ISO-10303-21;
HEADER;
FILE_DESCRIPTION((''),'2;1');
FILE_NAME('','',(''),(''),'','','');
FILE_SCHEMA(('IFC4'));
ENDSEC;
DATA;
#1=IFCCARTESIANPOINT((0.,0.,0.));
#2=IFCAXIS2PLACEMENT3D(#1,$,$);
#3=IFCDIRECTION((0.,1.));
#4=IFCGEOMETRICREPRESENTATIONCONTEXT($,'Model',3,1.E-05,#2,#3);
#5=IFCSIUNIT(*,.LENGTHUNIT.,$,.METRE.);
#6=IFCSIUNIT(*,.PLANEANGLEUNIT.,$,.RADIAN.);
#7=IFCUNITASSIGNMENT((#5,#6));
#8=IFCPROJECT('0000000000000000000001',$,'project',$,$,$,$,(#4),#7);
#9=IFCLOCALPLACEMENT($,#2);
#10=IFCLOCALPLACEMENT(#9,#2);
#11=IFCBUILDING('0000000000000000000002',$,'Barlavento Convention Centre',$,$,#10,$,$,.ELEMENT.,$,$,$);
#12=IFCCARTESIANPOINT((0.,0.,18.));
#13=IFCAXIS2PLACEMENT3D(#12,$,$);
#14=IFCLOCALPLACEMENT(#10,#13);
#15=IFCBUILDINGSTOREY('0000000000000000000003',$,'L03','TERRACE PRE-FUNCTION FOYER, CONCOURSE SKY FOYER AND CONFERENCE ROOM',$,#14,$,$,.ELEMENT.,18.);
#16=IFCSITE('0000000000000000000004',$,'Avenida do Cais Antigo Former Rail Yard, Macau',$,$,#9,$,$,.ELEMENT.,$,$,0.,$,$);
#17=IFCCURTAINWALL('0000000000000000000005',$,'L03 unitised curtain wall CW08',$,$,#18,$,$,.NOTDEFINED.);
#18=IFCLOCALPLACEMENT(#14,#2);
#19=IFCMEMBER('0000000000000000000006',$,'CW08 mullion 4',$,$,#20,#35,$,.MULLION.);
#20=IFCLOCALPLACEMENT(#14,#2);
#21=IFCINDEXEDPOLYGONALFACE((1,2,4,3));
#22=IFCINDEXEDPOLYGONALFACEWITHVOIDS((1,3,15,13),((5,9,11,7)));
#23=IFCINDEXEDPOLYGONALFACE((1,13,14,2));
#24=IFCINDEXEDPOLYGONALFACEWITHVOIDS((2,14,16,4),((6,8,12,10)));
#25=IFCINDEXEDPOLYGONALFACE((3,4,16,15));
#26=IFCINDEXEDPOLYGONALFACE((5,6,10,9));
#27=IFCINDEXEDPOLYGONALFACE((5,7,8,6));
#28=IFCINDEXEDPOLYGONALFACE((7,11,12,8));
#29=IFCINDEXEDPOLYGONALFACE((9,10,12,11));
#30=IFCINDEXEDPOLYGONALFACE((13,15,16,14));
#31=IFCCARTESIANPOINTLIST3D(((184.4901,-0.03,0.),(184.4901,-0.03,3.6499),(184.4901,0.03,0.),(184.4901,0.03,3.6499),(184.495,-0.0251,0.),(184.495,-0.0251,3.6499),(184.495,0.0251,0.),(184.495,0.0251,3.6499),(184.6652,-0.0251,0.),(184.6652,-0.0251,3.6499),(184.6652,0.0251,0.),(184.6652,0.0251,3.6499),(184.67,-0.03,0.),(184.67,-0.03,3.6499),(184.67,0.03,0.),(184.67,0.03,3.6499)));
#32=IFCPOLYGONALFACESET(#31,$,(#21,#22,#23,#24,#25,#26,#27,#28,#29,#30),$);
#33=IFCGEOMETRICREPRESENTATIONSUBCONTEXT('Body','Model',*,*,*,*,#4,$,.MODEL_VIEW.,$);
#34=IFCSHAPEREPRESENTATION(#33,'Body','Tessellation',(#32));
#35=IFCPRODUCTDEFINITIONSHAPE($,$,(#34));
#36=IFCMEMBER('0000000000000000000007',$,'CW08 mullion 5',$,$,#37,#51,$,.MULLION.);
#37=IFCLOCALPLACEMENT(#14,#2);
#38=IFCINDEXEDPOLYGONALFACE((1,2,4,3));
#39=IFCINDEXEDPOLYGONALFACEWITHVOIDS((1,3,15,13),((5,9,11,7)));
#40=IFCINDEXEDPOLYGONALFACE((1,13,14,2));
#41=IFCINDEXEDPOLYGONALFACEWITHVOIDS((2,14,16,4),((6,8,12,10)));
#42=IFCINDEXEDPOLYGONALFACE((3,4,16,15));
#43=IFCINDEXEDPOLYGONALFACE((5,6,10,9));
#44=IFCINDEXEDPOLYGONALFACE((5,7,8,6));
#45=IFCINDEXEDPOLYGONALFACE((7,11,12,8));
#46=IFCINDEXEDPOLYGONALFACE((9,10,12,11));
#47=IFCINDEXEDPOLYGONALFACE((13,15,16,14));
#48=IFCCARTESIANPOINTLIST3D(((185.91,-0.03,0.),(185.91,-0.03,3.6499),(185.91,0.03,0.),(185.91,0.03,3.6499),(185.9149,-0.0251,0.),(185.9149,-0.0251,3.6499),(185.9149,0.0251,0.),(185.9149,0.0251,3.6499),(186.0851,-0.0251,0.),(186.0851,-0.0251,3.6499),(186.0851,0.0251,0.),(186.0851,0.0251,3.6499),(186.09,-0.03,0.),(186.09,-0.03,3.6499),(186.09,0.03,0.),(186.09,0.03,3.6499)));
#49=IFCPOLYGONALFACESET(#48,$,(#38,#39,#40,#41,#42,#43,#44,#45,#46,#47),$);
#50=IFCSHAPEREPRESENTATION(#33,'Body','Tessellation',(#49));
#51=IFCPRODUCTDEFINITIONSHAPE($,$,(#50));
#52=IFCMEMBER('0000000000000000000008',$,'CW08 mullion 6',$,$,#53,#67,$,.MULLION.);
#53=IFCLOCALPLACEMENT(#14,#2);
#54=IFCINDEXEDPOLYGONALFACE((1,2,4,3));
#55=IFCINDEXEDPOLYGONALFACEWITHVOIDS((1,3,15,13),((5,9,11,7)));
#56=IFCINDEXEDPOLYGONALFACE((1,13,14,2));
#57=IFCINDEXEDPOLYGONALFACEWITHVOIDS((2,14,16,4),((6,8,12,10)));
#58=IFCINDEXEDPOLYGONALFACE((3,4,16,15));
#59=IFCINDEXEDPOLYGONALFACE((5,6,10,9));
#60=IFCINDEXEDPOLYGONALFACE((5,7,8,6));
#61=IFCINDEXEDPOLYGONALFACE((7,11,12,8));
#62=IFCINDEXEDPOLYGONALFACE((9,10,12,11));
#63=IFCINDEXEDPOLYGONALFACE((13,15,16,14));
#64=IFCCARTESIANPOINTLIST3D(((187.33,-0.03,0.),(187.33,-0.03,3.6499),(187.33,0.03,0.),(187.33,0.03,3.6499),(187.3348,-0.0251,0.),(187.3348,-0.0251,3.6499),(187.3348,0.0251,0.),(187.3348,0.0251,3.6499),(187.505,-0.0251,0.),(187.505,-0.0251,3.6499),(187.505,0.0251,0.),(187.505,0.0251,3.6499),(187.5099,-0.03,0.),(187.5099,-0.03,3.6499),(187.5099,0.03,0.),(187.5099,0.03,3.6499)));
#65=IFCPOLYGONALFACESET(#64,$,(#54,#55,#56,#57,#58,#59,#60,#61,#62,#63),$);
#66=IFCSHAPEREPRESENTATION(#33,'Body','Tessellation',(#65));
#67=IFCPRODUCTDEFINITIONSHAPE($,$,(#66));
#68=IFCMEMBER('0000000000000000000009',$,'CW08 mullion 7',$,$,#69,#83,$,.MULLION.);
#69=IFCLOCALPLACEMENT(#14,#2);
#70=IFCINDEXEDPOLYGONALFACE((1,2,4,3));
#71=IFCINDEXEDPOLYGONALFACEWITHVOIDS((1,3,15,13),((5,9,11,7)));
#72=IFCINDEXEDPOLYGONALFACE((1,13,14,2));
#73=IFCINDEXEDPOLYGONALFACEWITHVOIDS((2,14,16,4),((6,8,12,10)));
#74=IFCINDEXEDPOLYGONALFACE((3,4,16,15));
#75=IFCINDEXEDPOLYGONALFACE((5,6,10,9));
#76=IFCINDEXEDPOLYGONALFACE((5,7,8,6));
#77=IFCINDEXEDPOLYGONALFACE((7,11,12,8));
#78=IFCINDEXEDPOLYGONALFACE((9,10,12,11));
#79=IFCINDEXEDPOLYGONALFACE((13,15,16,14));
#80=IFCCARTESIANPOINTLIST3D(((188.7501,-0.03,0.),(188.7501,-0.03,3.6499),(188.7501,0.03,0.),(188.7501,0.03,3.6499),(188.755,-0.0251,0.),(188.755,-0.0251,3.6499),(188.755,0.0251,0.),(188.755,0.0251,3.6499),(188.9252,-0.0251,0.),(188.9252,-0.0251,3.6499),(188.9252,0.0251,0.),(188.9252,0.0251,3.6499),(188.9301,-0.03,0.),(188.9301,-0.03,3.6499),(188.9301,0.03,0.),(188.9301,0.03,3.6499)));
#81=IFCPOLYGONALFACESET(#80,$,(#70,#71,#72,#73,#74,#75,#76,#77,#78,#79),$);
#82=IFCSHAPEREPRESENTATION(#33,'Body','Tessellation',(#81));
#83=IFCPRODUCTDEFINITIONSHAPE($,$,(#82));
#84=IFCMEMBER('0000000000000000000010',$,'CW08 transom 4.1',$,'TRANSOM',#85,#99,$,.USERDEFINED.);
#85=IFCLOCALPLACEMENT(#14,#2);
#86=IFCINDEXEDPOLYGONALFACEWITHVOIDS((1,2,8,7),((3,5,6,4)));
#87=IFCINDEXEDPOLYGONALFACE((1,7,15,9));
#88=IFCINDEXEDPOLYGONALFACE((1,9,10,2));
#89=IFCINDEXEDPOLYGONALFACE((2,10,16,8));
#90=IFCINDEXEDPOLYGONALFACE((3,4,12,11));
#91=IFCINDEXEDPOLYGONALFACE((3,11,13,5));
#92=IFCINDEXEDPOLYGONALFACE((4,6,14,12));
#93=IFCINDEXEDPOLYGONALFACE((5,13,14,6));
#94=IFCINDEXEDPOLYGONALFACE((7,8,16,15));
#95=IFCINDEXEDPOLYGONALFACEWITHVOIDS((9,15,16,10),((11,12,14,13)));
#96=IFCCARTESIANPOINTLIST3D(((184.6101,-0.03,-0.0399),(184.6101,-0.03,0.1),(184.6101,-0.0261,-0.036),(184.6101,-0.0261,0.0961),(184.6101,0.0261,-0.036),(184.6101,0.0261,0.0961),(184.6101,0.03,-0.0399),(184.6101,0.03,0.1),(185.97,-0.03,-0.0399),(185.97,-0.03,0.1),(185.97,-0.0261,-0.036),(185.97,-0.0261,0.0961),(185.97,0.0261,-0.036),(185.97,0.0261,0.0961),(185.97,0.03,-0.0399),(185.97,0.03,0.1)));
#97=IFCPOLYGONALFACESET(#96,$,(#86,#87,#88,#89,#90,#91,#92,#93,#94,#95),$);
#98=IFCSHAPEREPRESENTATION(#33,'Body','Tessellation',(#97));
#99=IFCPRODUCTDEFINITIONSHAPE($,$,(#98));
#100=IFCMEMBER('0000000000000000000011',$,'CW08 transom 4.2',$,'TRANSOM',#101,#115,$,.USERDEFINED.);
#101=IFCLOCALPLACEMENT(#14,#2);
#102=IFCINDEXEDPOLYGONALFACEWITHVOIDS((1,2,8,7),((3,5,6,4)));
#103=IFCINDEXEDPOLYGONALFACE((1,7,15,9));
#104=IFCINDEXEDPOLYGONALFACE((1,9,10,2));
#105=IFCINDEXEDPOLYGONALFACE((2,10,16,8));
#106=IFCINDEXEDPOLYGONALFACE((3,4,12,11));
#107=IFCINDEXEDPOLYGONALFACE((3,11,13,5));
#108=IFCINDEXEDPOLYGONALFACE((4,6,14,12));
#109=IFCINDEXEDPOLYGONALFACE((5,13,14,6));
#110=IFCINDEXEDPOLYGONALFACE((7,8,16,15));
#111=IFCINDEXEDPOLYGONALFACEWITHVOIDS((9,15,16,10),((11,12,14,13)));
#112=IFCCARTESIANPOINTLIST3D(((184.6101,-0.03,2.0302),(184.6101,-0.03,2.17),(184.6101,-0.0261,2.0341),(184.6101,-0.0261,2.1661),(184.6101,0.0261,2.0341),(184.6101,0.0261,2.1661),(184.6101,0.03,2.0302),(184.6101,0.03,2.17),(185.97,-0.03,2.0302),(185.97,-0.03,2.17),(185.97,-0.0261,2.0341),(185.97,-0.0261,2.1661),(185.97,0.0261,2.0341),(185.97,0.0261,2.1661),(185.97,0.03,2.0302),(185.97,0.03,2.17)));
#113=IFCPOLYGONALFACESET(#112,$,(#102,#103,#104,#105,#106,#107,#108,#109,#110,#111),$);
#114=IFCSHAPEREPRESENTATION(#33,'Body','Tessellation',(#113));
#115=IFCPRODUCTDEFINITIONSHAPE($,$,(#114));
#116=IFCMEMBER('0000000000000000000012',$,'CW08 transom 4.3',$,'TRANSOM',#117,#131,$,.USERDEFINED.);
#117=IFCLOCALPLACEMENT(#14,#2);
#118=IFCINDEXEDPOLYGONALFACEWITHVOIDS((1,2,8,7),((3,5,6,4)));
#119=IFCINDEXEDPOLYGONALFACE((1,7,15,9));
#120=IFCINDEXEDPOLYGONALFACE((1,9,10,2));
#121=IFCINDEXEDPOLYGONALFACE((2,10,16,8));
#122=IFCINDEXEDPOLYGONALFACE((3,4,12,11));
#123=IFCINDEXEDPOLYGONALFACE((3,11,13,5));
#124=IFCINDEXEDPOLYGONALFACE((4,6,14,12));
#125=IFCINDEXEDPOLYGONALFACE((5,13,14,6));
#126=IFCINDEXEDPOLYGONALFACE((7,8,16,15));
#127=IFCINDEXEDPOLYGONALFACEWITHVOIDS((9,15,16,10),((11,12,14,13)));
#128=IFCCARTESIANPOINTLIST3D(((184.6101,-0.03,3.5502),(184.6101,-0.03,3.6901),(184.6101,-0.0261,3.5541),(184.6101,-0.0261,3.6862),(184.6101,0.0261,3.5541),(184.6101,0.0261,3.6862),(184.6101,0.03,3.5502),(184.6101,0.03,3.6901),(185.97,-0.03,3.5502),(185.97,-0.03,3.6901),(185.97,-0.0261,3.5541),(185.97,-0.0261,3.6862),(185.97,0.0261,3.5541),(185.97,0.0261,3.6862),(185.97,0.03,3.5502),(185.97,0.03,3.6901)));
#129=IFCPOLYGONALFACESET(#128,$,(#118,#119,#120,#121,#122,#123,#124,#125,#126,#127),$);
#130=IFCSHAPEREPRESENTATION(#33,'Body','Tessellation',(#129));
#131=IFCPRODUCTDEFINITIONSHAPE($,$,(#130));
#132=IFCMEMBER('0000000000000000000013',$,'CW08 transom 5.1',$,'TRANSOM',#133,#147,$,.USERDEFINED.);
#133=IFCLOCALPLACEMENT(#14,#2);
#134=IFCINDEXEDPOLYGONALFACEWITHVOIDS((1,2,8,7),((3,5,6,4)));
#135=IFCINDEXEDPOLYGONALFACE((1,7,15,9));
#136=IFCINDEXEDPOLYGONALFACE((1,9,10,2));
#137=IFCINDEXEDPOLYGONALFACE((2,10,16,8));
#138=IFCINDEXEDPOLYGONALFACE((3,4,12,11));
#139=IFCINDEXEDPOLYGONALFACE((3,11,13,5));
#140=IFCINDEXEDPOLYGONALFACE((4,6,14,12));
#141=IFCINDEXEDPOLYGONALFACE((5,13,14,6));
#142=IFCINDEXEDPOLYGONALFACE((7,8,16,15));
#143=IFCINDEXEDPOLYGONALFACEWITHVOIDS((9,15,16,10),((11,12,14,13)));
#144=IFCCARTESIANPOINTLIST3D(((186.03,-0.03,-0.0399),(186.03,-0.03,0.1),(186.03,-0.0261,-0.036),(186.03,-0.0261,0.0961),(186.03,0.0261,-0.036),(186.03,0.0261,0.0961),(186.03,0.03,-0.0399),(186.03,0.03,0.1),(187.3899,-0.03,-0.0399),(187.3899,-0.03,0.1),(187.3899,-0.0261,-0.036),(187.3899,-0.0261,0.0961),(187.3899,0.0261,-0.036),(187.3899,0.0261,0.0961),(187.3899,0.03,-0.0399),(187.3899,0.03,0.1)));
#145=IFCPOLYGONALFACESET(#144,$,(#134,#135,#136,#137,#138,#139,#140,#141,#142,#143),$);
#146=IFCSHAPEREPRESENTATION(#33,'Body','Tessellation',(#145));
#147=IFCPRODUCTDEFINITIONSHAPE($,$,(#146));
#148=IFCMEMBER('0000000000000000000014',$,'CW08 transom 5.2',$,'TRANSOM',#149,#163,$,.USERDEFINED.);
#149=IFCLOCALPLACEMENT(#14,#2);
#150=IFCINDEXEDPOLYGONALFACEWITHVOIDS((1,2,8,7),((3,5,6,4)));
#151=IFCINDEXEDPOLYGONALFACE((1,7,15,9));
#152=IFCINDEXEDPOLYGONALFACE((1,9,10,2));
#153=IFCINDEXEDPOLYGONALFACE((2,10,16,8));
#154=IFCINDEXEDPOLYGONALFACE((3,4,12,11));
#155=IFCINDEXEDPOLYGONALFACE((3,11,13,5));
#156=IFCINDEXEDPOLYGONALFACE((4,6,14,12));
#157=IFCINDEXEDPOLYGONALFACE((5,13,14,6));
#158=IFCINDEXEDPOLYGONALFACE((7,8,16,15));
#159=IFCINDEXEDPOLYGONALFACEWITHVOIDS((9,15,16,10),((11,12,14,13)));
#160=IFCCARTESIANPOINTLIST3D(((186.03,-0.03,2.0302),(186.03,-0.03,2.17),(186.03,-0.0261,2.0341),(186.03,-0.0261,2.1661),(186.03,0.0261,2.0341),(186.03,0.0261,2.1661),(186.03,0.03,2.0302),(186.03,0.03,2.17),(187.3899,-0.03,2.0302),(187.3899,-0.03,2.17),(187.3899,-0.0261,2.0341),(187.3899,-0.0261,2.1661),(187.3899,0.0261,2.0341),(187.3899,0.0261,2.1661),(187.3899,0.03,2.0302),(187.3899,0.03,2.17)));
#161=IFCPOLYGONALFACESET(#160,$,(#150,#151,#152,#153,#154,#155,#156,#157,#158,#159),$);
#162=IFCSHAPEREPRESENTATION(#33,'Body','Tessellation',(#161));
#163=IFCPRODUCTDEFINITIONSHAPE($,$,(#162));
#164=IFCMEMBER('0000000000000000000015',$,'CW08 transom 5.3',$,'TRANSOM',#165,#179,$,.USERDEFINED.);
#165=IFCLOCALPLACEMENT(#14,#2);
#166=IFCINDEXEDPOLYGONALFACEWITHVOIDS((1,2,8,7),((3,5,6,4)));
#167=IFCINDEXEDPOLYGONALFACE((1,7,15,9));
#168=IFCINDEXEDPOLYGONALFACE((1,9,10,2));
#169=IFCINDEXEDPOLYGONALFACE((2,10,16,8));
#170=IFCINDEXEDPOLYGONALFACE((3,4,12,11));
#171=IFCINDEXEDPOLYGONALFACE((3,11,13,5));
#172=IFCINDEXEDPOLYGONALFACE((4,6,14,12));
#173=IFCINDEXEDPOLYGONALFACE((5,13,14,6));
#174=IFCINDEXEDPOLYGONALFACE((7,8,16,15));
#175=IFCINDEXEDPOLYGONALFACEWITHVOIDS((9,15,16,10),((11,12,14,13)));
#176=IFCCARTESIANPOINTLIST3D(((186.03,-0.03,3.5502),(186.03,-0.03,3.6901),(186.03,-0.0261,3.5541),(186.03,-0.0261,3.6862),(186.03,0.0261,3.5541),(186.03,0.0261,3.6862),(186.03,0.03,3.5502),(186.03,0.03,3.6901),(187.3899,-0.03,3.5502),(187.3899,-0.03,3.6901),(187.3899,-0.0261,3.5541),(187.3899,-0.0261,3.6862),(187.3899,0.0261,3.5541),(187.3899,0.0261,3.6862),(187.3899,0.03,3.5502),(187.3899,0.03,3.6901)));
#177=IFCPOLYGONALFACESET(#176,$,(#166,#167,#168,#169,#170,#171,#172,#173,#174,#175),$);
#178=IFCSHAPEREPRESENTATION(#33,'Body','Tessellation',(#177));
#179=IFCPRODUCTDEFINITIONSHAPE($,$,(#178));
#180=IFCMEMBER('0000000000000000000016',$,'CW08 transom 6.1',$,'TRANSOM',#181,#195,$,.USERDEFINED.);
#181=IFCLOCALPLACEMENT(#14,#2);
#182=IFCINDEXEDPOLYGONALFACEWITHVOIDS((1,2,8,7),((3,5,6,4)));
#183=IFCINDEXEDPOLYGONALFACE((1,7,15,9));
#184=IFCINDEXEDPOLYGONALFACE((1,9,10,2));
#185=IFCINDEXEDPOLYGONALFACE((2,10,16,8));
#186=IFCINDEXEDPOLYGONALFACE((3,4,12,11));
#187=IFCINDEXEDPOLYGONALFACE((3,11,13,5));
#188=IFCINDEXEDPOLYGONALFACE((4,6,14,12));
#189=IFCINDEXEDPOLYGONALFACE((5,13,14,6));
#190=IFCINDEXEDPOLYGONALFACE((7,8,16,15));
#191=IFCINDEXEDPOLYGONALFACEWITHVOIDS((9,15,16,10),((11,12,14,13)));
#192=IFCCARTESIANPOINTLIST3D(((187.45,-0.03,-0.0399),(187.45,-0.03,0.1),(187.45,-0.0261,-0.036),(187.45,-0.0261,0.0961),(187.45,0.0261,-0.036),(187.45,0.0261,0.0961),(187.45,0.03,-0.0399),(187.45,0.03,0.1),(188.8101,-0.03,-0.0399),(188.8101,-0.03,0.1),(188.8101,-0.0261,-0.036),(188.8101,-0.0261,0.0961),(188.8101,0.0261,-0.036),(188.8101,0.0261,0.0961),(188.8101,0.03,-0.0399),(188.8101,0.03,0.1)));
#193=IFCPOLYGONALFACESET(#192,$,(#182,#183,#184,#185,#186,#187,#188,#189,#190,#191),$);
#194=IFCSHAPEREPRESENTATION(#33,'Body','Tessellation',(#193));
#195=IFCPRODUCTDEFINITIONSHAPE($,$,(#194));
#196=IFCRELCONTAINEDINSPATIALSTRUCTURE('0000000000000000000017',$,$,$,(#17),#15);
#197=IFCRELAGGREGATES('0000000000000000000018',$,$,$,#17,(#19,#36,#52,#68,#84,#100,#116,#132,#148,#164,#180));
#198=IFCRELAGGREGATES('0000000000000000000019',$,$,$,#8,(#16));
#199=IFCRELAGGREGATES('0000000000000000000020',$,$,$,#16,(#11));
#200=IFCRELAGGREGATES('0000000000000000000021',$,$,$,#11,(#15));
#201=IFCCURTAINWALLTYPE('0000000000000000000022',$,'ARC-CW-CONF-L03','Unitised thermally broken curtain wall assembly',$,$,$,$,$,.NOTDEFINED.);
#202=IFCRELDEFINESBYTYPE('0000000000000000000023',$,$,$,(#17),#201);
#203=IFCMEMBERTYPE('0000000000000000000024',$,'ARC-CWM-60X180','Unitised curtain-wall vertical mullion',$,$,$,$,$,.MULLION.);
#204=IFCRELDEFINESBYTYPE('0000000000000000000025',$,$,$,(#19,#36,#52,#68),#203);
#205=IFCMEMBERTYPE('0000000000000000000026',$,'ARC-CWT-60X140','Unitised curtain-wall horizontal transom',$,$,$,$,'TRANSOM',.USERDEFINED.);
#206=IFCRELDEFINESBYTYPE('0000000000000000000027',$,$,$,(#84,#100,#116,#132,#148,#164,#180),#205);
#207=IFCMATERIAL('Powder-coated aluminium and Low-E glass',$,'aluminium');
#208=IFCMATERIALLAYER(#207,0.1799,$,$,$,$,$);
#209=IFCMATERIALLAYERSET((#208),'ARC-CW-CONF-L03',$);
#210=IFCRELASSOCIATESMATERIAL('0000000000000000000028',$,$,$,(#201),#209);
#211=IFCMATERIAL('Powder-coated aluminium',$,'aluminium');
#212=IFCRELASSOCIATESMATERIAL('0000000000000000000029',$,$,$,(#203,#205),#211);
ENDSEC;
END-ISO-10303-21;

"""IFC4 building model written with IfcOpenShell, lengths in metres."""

from ifc_helpers import new_model, si_unit, direction, frame, origin, origin_2d, place, context, subcontext, project, spatial, hollow_rectangle, extrude, material, layer, layer_set, material_profile, profile_set, type_object, element, aggregate, save


model = new_model("IFC4")

# Units and contexts
model_context = context("Model", 3, precision=1e-05, world=origin(), true_north=direction((0.0, 1.0)))
body_context = subcontext(model_context, "Body", "Model", "MODEL_VIEW")
ifc_project = project(units=[si_unit("LENGTHUNIT", "METRE"), si_unit("PLANEANGLEUNIT", "RADIAN")], contexts=[model_context])

# Site, building, storey
site_placement = place(None, origin())
site = spatial("IfcSite", under=ifc_project, at=site_placement, Name="Avenida do Cais Antigo Former Rail Yard, Macau", CompositionType="ELEMENT", RefElevation=0.0)
building_placement = place(site_placement, origin())
building = spatial("IfcBuilding", under=site, at=building_placement, Name="Barlavento Convention Centre", CompositionType="ELEMENT")
storey_placement = place(building_placement, frame((0.0, 0.0, 18.0)))
storey = spatial("IfcBuildingStorey", under=building, at=storey_placement, Name="L03", Description="TERRACE PRE-FUNCTION FOYER, CONCOURSE SKY FOYER AND CONFERENCE ROOM", CompositionType="ELEMENT", Elevation=18.0)

# Curtain wall, members
ifc_material_1 = material(Name="Powder-coated aluminium and Low-E glass", Category="aluminium")
ifc_layer_1 = layer(ifc_material_1, 0.1799)
ifc_layer_set_1 = layer_set([ifc_layer_1], Name="ARC-CW-CONF-L03")
curtain_wall_type = type_object("IfcCurtainWallType", Name="ARC-CW-CONF-L03", Description="Unitised thermally broken curtain wall assembly", PredefinedType="NOTDEFINED", material=ifc_layer_set_1)
curtain_wall_placement = place(storey_placement, origin())
curtain_wall = element("IfcCurtainWall", 1, at=curtain_wall_placement, inside=storey, type_object=curtain_wall_type, Name="L03 unitised curtain wall CW08", PredefinedType="NOTDEFINED")
ifc_material_2 = material(Name="Powder-coated aluminium", Category="aluminium")
ifc_material_profile_1 = material_profile(ifc_material_2, hollow_rectangle(XDim=0.0601, YDim=0.1799, WallThickness=0.0049, at=origin_2d()), Name="AL-MULL 60x180x5")
ifc_profile_set_1 = profile_set([ifc_material_profile_1], Name="Powder-coated aluminium")
member_type_1 = type_object("IfcMemberType", Name="ARC-CWM-60X180", Description="Unitised curtain-wall vertical mullion", PredefinedType="MULLION", material=ifc_profile_set_1)
member_1_placement = place(storey_placement, frame((184.5801, 0.0, 0.0), z_axis=(0.0, 0.0, 1.0), x_axis=(0.0, 1.0, 0.0)))
member_1 = element("IfcMember", 2, at=member_1_placement, type_object=member_type_1, Name="CW08 mullion 4", PredefinedType="MULLION", context=body_context, shape_type="SweptSolid", body=[
    extrude(hollow_rectangle(XDim=0.0601, YDim=0.1799, WallThickness=0.0049, at=origin_2d()), origin(), (0.0, 0.0, 1.0), 3.6499),
])
member_2_placement = place(storey_placement, frame((186.0, 0.0, 0.0), z_axis=(0.0, 0.0, 1.0), x_axis=(0.0, 1.0, 0.0)))
member_2 = element("IfcMember", 3, at=member_2_placement, type_object=member_type_1, Name="CW08 mullion 5", PredefinedType="MULLION", context=body_context, shape_type="SweptSolid", body=[
    extrude(hollow_rectangle(XDim=0.0601, YDim=0.1799, WallThickness=0.0049, at=origin_2d()), origin(), (0.0, 0.0, 1.0), 3.6499),
])
member_3_placement = place(storey_placement, frame((187.4199, 0.0, 0.0), z_axis=(0.0, 0.0, 1.0), x_axis=(0.0, 1.0, 0.0)))
member_3 = element("IfcMember", 4, at=member_3_placement, type_object=member_type_1, Name="CW08 mullion 6", PredefinedType="MULLION", context=body_context, shape_type="SweptSolid", body=[
    extrude(hollow_rectangle(XDim=0.0601, YDim=0.1799, WallThickness=0.0049, at=origin_2d()), origin(), (0.0, 0.0, 1.0), 3.6499),
])
member_4_placement = place(storey_placement, frame((188.8401, 0.0, 0.0), z_axis=(0.0, 0.0, 1.0), x_axis=(0.0, 1.0, 0.0)))
member_4 = element("IfcMember", 5, at=member_4_placement, type_object=member_type_1, Name="CW08 mullion 7", PredefinedType="MULLION", context=body_context, shape_type="SweptSolid", body=[
    extrude(hollow_rectangle(XDim=0.0601, YDim=0.1799, WallThickness=0.0049, at=origin_2d()), origin(), (0.0, 0.0, 1.0), 3.6499),
])
ifc_material_profile_2 = material_profile(ifc_material_2, hollow_rectangle(XDim=0.0601, YDim=0.1399, WallThickness=0.0039, at=origin_2d()), Name="AL-TRAN 60x140x4")
ifc_profile_set_2 = profile_set([ifc_material_profile_2], Name="Powder-coated aluminium")
member_type_2 = type_object("IfcMemberType", Name="ARC-CWT-60X140", Description="Unitised curtain-wall horizontal transom", ElementType="TRANSOM", PredefinedType="USERDEFINED", material=ifc_profile_set_2)
member_5_placement = place(storey_placement, frame((184.6101, 0.0, 0.03), z_axis=(1.0, 0.0, 0.0), x_axis=(0.0, 1.0, 0.0)))
member_5 = element("IfcMember", 6, at=member_5_placement, type_object=member_type_2, Name="CW08 transom 4.1", ObjectType="TRANSOM", PredefinedType="USERDEFINED", context=body_context, shape_type="SweptSolid", body=[
    extrude(hollow_rectangle(XDim=0.0601, YDim=0.1399, WallThickness=0.0039, at=origin_2d()), origin(), (0.0, 0.0, 1.0), 1.3599),
])
member_6_placement = place(storey_placement, frame((184.6101, 0.0, 2.1001), z_axis=(1.0, 0.0, 0.0), x_axis=(0.0, 1.0, 0.0)))
member_6 = element("IfcMember", 7, at=member_6_placement, type_object=member_type_2, Name="CW08 transom 4.2", ObjectType="TRANSOM", PredefinedType="USERDEFINED", context=body_context, shape_type="SweptSolid", body=[
    extrude(hollow_rectangle(XDim=0.0601, YDim=0.1399, WallThickness=0.0039, at=origin_2d()), origin(), (0.0, 0.0, 1.0), 1.3599),
])
member_7_placement = place(storey_placement, frame((184.6101, 0.0, 3.6201), z_axis=(1.0, 0.0, 0.0), x_axis=(0.0, 1.0, 0.0)))
member_7 = element("IfcMember", 8, at=member_7_placement, type_object=member_type_2, Name="CW08 transom 4.3", ObjectType="TRANSOM", PredefinedType="USERDEFINED", context=body_context, shape_type="SweptSolid", body=[
    extrude(hollow_rectangle(XDim=0.0601, YDim=0.1399, WallThickness=0.0039, at=origin_2d()), origin(), (0.0, 0.0, 1.0), 1.3599),
])
member_8_placement = place(storey_placement, frame((186.03, 0.0, 0.03), z_axis=(1.0, 0.0, 0.0), x_axis=(0.0, 1.0, 0.0)))
member_8 = element("IfcMember", 9, at=member_8_placement, type_object=member_type_2, Name="CW08 transom 5.1", ObjectType="TRANSOM", PredefinedType="USERDEFINED", context=body_context, shape_type="SweptSolid", body=[
    extrude(hollow_rectangle(XDim=0.0601, YDim=0.1399, WallThickness=0.0039, at=origin_2d()), origin(), (0.0, 0.0, 1.0), 1.3599),
])
member_9_placement = place(storey_placement, frame((186.03, 0.0, 2.1001), z_axis=(1.0, 0.0, 0.0), x_axis=(0.0, 1.0, 0.0)))
member_9 = element("IfcMember", 10, at=member_9_placement, type_object=member_type_2, Name="CW08 transom 5.2", ObjectType="TRANSOM", PredefinedType="USERDEFINED", context=body_context, shape_type="SweptSolid", body=[
    extrude(hollow_rectangle(XDim=0.0601, YDim=0.1399, WallThickness=0.0039, at=origin_2d()), origin(), (0.0, 0.0, 1.0), 1.3599),
])
member_10_placement = place(storey_placement, frame((186.03, 0.0, 3.6201), z_axis=(1.0, 0.0, 0.0), x_axis=(0.0, 1.0, 0.0)))
member_10 = element("IfcMember", 11, at=member_10_placement, type_object=member_type_2, Name="CW08 transom 5.3", ObjectType="TRANSOM", PredefinedType="USERDEFINED", context=body_context, shape_type="SweptSolid", body=[
    extrude(hollow_rectangle(XDim=0.0601, YDim=0.1399, WallThickness=0.0039, at=origin_2d()), origin(), (0.0, 0.0, 1.0), 1.3599),
])
member_11_placement = place(storey_placement, frame((187.45, 0.0, 0.03), z_axis=(1.0, 0.0, 0.0), x_axis=(0.0, 1.0, 0.0)))
member_11 = element("IfcMember", 12, at=member_11_placement, type_object=member_type_2, Name="CW08 transom 6.1", ObjectType="TRANSOM", PredefinedType="USERDEFINED", context=body_context, shape_type="SweptSolid", body=[
    extrude(hollow_rectangle(XDim=0.0601, YDim=0.1399, WallThickness=0.0039, at=origin_2d()), origin(), (0.0, 0.0, 1.0), 1.3601),
])

aggregate(curtain_wall, [member_1, member_2, member_3, member_4, member_5, member_6, member_7, member_8, member_9, member_10, member_11])

save(model, "model.ifc")
